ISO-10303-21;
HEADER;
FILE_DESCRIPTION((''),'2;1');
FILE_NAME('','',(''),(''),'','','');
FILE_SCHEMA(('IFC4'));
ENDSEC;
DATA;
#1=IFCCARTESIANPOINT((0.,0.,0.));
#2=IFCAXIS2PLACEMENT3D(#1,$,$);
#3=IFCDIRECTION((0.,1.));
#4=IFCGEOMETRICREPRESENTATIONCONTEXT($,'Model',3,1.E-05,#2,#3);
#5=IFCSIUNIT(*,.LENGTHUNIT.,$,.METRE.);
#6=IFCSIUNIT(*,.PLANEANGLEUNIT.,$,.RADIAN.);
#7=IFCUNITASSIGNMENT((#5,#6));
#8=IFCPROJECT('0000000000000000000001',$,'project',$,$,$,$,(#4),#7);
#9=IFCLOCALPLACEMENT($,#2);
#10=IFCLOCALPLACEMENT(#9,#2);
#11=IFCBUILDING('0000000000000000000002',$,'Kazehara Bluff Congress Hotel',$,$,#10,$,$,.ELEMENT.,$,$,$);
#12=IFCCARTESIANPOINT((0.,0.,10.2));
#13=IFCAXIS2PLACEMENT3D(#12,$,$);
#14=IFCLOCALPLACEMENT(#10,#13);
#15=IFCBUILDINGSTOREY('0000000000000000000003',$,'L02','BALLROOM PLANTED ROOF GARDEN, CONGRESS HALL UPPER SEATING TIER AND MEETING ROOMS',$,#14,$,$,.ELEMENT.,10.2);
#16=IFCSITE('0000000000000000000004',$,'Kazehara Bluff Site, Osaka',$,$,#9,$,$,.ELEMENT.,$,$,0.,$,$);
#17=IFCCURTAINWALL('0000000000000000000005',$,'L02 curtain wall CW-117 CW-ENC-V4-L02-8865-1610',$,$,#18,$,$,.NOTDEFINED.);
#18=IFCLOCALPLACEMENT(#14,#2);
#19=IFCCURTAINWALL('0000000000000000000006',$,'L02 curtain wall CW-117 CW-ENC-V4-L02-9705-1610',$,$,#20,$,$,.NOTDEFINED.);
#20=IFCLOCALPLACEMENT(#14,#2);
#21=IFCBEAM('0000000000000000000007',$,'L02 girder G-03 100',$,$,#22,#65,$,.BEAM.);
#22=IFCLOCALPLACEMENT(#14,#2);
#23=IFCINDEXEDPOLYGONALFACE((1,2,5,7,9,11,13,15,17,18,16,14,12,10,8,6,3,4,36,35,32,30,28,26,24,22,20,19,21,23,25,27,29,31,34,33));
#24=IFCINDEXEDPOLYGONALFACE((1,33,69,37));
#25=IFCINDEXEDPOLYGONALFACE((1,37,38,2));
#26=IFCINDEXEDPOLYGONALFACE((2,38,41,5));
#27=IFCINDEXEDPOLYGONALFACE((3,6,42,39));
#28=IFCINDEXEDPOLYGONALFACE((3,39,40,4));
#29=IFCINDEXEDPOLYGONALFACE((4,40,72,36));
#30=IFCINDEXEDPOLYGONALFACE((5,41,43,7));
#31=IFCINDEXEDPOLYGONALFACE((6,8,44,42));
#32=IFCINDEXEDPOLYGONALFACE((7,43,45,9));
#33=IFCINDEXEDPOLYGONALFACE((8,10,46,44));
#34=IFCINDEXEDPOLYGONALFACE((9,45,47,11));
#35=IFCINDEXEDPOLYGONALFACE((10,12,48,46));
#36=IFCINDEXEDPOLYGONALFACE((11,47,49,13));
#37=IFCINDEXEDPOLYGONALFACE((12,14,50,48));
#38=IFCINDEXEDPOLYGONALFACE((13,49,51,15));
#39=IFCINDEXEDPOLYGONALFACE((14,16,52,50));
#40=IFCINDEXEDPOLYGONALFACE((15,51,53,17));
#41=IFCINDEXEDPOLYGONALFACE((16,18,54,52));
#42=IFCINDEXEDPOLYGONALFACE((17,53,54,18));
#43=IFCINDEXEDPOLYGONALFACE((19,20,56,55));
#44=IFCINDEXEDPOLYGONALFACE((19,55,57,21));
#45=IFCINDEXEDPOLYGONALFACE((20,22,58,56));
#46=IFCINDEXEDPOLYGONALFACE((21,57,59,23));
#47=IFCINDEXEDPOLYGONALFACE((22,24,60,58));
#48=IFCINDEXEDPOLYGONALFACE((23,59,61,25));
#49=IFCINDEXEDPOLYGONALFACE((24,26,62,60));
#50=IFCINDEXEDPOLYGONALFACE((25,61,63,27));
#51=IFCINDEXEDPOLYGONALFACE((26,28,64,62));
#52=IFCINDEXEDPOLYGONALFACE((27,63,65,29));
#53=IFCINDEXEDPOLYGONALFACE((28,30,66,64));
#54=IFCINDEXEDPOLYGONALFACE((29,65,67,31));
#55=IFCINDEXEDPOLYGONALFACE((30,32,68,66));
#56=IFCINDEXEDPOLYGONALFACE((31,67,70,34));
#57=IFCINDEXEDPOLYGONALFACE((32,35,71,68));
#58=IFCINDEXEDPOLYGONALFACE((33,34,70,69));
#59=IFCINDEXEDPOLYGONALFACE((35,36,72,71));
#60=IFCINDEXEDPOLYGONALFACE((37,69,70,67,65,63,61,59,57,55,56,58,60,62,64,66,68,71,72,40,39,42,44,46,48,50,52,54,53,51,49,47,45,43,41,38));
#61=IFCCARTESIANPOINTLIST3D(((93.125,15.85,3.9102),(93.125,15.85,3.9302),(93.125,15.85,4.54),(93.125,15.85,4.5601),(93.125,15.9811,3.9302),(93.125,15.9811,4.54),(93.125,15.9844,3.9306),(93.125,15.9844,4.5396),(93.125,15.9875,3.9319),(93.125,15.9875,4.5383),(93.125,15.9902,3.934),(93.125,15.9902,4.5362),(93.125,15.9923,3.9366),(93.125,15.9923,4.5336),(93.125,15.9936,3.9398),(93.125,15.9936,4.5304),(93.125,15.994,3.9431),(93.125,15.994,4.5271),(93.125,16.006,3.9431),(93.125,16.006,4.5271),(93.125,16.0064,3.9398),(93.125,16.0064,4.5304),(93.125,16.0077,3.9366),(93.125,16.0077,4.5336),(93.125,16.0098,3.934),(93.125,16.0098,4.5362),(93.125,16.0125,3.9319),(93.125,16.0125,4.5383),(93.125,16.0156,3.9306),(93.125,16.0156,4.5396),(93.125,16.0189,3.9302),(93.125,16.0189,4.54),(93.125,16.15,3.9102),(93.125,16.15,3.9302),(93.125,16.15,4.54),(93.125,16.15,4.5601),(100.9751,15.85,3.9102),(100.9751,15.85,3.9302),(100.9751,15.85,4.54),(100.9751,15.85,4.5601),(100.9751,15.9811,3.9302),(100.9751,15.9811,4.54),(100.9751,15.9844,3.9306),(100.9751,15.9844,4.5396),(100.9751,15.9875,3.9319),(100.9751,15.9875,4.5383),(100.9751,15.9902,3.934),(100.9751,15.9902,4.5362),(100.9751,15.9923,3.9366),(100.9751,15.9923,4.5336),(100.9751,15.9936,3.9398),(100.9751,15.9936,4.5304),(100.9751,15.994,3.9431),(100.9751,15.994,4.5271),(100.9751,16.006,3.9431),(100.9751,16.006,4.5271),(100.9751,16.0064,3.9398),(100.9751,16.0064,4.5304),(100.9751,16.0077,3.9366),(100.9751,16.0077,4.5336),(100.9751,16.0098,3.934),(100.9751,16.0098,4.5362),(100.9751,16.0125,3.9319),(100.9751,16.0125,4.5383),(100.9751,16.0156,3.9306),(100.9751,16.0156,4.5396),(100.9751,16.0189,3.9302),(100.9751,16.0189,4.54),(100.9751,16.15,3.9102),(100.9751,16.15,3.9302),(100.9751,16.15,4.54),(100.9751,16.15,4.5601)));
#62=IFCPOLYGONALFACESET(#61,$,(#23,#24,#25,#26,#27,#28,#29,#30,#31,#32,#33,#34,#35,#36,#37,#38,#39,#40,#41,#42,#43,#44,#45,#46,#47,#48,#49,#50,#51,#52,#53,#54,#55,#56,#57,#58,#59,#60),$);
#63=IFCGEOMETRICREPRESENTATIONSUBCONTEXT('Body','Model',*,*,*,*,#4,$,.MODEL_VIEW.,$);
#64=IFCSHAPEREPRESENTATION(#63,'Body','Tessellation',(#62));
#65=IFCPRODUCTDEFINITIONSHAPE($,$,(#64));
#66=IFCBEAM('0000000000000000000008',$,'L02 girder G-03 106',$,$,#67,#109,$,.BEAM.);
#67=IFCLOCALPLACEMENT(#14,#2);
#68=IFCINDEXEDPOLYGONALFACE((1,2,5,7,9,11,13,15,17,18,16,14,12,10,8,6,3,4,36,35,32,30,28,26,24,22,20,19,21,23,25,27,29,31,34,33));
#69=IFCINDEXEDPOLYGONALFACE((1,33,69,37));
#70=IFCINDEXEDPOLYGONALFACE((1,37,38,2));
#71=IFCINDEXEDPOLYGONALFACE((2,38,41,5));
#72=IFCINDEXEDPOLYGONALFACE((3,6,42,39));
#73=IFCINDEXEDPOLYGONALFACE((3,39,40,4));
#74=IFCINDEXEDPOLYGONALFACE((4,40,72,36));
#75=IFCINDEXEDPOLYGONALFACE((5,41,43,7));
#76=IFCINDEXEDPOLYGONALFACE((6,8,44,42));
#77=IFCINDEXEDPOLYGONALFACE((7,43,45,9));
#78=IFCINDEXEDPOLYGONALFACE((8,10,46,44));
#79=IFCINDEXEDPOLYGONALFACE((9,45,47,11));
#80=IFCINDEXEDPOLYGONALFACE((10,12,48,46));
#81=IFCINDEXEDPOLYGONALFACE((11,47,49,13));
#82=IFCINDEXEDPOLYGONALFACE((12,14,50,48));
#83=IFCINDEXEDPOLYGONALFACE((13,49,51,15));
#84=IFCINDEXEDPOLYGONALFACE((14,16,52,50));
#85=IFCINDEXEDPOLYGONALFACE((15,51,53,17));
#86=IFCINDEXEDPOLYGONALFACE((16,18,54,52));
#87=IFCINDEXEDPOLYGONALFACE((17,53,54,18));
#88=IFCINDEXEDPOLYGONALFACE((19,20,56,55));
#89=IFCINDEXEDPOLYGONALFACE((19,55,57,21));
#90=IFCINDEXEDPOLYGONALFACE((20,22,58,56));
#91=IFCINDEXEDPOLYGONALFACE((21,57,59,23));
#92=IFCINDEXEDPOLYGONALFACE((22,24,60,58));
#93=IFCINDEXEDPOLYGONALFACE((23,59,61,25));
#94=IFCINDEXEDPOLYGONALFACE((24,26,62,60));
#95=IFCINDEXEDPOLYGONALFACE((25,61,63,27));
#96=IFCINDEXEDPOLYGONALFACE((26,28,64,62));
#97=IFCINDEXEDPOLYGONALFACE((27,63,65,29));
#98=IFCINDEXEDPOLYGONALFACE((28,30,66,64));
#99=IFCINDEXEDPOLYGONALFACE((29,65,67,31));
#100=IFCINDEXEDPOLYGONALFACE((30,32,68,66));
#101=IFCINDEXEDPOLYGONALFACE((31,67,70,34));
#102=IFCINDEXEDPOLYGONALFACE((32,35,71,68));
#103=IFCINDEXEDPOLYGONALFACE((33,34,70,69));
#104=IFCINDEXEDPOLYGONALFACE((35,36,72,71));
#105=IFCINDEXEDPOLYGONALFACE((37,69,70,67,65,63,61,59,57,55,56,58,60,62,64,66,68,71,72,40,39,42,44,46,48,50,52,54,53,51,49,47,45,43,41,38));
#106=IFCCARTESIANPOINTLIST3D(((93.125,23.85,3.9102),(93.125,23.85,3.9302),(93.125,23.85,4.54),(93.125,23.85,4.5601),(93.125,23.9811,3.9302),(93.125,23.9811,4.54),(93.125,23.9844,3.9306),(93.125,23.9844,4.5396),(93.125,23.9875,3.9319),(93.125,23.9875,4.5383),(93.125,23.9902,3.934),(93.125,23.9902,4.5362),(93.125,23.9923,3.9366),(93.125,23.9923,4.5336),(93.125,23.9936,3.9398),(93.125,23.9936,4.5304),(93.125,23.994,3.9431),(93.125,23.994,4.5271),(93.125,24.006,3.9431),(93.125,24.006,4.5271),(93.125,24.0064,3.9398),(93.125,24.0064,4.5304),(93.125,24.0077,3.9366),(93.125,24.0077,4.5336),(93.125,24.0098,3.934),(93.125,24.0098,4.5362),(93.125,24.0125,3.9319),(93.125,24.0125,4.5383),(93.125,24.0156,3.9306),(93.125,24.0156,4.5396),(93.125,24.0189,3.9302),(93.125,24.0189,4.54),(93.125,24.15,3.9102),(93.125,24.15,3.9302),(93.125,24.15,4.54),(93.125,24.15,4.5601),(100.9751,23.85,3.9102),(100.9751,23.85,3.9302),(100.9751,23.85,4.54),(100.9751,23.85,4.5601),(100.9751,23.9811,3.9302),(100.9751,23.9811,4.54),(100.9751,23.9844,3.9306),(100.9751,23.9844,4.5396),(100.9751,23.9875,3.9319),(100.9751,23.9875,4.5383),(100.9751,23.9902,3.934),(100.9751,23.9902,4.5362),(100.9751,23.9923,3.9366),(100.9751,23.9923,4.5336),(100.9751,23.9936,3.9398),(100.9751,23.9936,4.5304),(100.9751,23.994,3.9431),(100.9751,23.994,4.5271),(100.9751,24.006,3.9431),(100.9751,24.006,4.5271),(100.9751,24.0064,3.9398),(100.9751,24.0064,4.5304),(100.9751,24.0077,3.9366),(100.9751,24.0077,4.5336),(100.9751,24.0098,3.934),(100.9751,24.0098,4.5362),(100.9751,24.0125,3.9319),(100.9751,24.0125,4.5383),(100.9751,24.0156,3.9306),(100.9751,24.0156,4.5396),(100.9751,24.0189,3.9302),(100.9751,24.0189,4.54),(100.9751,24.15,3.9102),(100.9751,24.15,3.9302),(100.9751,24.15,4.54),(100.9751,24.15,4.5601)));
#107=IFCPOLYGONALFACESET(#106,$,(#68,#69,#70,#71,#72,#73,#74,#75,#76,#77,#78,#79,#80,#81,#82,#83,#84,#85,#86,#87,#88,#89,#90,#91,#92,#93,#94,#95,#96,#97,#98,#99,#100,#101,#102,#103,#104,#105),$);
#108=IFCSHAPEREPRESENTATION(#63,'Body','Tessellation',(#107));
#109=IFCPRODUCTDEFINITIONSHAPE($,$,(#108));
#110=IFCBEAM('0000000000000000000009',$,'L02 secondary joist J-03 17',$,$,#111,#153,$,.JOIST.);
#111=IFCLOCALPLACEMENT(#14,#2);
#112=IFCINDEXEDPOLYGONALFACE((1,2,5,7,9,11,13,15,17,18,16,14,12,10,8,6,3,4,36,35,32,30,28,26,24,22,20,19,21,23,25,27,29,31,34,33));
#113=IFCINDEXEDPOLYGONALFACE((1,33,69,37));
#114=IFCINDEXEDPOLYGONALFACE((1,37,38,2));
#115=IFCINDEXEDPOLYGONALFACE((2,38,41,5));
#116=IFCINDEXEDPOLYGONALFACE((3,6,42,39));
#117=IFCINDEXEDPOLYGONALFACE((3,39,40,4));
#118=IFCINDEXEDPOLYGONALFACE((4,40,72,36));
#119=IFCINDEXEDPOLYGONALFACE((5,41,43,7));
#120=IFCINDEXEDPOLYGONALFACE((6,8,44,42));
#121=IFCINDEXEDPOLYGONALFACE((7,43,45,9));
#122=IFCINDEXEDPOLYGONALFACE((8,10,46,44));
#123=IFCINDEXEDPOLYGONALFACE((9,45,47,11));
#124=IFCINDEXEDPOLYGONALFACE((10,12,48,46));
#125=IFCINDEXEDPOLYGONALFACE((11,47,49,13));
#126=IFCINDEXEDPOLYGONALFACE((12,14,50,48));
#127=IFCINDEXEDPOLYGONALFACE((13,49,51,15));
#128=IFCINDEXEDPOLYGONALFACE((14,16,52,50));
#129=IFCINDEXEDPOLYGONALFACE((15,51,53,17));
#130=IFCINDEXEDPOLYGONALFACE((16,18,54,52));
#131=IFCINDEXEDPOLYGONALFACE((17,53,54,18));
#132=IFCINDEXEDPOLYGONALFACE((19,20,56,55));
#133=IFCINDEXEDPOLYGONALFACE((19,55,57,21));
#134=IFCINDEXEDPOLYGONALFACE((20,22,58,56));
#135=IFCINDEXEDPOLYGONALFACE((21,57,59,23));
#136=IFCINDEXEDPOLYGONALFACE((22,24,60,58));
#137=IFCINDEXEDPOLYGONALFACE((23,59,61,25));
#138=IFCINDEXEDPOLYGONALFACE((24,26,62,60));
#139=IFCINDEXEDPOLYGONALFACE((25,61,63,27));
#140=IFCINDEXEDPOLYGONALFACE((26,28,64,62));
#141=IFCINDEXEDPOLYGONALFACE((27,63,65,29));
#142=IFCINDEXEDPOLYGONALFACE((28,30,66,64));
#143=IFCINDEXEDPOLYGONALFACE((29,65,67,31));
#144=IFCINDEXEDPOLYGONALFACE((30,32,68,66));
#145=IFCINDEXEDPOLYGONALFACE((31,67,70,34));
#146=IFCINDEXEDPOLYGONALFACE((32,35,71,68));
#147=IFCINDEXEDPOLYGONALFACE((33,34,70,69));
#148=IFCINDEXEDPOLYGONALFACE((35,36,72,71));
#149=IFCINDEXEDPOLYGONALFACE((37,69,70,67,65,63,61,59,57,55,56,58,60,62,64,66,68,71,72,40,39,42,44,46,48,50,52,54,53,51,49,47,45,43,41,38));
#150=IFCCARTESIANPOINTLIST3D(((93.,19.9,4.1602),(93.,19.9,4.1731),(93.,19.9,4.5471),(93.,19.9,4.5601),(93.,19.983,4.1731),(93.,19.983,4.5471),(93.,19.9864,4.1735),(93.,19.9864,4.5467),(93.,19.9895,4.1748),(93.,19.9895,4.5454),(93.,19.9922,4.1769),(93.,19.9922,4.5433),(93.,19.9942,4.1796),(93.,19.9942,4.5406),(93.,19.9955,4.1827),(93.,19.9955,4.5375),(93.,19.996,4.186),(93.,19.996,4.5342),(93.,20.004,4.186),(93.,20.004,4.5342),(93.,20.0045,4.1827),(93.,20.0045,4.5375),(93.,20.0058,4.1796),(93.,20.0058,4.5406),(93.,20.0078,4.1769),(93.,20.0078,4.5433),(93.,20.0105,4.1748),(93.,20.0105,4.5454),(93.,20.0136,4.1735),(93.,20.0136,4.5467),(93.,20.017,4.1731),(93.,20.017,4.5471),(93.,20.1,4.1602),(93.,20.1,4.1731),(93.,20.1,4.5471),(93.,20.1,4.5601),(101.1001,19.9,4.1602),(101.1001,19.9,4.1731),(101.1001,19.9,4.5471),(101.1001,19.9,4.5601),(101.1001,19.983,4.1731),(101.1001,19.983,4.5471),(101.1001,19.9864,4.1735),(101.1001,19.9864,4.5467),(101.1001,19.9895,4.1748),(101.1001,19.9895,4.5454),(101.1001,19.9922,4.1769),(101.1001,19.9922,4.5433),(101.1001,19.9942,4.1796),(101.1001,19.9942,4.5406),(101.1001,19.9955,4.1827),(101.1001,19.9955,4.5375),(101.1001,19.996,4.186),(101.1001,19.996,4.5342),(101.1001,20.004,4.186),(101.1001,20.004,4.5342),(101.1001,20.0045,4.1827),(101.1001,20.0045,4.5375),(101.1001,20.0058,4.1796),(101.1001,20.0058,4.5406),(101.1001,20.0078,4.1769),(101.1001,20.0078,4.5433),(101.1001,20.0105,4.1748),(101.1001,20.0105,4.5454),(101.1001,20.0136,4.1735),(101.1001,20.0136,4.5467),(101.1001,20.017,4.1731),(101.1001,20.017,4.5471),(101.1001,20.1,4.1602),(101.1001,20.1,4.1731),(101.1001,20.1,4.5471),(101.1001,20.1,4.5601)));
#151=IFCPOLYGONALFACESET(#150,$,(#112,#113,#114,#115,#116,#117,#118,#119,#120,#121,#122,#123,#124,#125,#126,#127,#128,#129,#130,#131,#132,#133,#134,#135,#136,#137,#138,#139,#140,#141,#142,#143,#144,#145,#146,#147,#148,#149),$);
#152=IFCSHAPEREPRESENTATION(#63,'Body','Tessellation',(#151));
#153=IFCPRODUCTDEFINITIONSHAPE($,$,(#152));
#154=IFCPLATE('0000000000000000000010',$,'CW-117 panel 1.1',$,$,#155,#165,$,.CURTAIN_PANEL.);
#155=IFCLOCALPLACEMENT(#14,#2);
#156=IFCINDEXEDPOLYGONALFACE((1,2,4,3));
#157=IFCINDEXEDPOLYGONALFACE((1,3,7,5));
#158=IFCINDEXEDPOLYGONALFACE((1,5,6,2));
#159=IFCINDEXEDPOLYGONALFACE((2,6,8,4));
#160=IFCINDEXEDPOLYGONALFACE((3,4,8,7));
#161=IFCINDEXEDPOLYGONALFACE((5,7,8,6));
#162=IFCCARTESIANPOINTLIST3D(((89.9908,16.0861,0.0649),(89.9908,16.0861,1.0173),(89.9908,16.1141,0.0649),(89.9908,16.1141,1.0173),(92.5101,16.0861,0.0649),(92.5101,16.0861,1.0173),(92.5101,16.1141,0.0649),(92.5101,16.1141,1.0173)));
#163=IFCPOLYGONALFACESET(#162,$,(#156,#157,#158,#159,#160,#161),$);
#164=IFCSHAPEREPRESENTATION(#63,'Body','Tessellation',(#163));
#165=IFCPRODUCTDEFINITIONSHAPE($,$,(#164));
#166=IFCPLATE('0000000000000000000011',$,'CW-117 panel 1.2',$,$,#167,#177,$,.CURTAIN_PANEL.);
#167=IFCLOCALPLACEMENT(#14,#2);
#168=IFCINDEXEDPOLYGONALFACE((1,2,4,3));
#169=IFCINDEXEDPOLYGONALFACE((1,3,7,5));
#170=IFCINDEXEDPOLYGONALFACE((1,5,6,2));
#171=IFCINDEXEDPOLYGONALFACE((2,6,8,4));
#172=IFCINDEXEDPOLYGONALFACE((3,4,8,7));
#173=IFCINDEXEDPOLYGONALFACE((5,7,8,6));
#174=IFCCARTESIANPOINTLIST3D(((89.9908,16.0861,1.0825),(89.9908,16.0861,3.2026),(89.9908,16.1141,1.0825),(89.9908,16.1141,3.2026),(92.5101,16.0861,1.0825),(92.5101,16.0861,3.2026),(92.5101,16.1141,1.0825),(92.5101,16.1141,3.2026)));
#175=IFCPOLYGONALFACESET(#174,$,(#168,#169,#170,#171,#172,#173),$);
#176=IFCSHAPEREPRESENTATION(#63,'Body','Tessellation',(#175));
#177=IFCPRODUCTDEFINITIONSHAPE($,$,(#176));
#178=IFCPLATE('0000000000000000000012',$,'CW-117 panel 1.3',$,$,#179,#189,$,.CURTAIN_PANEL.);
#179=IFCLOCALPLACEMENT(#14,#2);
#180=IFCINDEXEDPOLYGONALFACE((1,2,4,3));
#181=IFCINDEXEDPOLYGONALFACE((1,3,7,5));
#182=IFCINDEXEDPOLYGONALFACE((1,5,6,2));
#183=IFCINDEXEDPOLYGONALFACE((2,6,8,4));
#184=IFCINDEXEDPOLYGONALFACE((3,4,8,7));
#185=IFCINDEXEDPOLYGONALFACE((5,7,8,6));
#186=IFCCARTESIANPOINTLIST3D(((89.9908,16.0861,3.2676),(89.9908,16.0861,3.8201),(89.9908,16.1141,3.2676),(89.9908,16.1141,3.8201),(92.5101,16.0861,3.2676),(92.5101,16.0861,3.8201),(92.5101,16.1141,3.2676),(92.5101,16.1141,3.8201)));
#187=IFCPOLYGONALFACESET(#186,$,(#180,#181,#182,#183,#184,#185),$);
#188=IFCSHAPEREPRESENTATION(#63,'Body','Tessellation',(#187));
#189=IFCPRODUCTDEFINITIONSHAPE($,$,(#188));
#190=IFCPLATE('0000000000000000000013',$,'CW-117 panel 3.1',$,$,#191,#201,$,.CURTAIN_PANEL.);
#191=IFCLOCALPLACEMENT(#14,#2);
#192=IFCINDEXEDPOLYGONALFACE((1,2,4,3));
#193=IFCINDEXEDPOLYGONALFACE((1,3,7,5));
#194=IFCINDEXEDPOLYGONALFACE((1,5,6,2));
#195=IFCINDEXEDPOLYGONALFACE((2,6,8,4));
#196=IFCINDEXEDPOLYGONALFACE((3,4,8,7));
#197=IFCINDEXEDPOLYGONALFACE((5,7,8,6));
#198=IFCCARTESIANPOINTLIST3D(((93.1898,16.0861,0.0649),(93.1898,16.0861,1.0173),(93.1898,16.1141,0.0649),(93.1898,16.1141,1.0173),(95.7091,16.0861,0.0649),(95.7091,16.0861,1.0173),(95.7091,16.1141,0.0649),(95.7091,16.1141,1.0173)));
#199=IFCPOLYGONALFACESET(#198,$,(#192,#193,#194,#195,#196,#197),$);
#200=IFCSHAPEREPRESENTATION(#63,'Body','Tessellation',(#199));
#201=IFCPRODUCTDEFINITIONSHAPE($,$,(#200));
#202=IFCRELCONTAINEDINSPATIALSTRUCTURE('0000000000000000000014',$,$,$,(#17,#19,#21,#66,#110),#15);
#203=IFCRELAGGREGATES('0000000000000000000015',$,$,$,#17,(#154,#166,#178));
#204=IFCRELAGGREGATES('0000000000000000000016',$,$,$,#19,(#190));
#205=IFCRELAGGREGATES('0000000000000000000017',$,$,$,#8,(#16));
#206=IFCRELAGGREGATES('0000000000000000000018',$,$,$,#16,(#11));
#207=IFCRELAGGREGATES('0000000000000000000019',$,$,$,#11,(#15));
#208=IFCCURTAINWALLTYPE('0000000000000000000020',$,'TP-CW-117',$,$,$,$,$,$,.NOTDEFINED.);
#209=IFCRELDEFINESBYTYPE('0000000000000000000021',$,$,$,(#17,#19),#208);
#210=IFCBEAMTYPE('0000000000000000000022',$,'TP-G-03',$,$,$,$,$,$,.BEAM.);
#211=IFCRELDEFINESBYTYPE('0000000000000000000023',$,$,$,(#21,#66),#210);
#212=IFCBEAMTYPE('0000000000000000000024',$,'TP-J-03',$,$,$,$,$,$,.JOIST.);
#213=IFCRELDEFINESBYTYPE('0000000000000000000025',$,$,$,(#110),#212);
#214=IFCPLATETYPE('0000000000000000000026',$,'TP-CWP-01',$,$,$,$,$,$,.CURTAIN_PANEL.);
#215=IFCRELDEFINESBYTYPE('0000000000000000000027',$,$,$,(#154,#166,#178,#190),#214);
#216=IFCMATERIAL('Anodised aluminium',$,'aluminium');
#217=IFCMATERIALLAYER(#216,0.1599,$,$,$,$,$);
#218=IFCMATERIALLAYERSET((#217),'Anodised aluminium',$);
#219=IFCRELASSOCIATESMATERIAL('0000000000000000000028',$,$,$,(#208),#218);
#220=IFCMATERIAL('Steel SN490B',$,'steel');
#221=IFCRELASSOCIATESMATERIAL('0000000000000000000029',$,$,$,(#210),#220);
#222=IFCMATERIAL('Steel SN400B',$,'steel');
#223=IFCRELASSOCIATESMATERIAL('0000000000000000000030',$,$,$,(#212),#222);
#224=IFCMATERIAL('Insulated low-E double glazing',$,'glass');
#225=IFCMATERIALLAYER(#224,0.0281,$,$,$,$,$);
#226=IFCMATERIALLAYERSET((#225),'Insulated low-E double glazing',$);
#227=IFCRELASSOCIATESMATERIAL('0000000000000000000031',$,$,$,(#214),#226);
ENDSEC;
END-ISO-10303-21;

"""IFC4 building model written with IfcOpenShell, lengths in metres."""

from ifc_helpers import new_model, si_unit, direction, frame, origin, origin_2d, place, context, subcontext, project, spatial, rectangle, i_section, extrude, material, layer, layer_set, material_profile, profile_set, type_object, element, aggregate, save


model = new_model("IFC4")

# Units and contexts
model_context = context("Model", 3, precision=1e-05, world=origin(), true_north=direction((0.0, 1.0)))
body_context = subcontext(model_context, "Body", "Model", "MODEL_VIEW")
ifc_project = project(units=[si_unit("LENGTHUNIT", "METRE"), si_unit("PLANEANGLEUNIT", "RADIAN")], contexts=[model_context])

# Site, building, storey
site_placement = place(None, origin())
site = spatial("IfcSite", under=ifc_project, at=site_placement, Name="Kazehara Bluff Site, Osaka", CompositionType="ELEMENT", RefElevation=0.0)
building_placement = place(site_placement, origin())
building = spatial("IfcBuilding", under=site, at=building_placement, Name="Kazehara Bluff Congress Hotel", CompositionType="ELEMENT")
storey_placement = place(building_placement, frame((0.0, 0.0, 10.2)))
storey = spatial("IfcBuildingStorey", under=building, at=storey_placement, Name="L02", Description="BALLROOM PLANTED ROOF GARDEN, CONGRESS HALL UPPER SEATING TIER AND MEETING ROOMS", CompositionType="ELEMENT", Elevation=10.2)

# Curtain wall
ifc_material_1 = material(Name="Anodised aluminium", Category="aluminium")
ifc_layer_1 = layer(ifc_material_1, 0.1599)
ifc_layer_set_1 = layer_set([ifc_layer_1], Name="Anodised aluminium")
curtain_wall_type = type_object("IfcCurtainWallType", Name="TP-CW-117", PredefinedType="NOTDEFINED", material=ifc_layer_set_1)
curtain_wall_1_placement = place(storey_placement, origin())
curtain_wall_1 = element("IfcCurtainWall", 1, at=curtain_wall_1_placement, inside=storey, type_object=curtain_wall_type, Name="L02 curtain wall CW-117 CW-ENC-V4-L02-8865-1610", PredefinedType="NOTDEFINED")

# Curtain wall
curtain_wall_2_placement = place(storey_placement, origin())
curtain_wall_2 = element("IfcCurtainWall", 2, at=curtain_wall_2_placement, inside=storey, type_object=curtain_wall_type, Name="L02 curtain wall CW-117 CW-ENC-V4-L02-9705-1610", PredefinedType="NOTDEFINED")

# Beams
ifc_material_2 = material(Name="Steel SN490B", Category="steel")
ifc_material_profile_1 = material_profile(ifc_material_2, i_section(OverallWidth=0.3, OverallDepth=0.6499, WebThickness=0.012, FlangeThickness=0.02, FilletRadius=0.0129, at=origin_2d()))
ifc_profile_set_1 = profile_set([ifc_material_profile_1], Name="Steel SN490B")
beam_type_1 = type_object("IfcBeamType", Name="TP-G-03", PredefinedType="BEAM", material=ifc_profile_set_1)
for number, where, z_axis, x_axis, name in (
    (3, (93.125, 16.0, 4.2351), (1.0, 0.0, 0.0), (0.0, 1.0, 0.0), "L02 girder G-03 100"),
    (4, (93.125, 24.0, 4.2351), (1.0, 0.0, 0.0), (0.0, 1.0, 0.0), "L02 girder G-03 106"),
):
    element("IfcBeam", number, at=place(storey_placement, frame(where, z_axis=z_axis, x_axis=x_axis)), inside=storey, type_object=beam_type_1, Name=name, PredefinedType="BEAM", context=body_context, shape_type="SweptSolid", body=[
        extrude(i_section(OverallWidth=0.3, OverallDepth=0.6499, WebThickness=0.012, FlangeThickness=0.02, FilletRadius=0.0129, at=origin_2d()), origin(), (0.0, 0.0, 1.0), 7.8501),
    ])
ifc_material_3 = material(Name="Steel SN400B", Category="steel")
ifc_material_profile_2 = material_profile(ifc_material_3, i_section(OverallWidth=0.2, OverallDepth=0.3999, WebThickness=0.0081, FlangeThickness=0.0129, FilletRadius=0.0129, at=origin_2d()))
ifc_profile_set_2 = profile_set([ifc_material_profile_2], Name="Steel SN400B")
beam_type_2 = type_object("IfcBeamType", Name="TP-J-03", PredefinedType="JOIST", material=ifc_profile_set_2)
beam_placement = place(storey_placement, frame((93.0, 20.0, 4.3601), z_axis=(1.0, 0.0, 0.0), x_axis=(0.0, 1.0, 0.0)))
element("IfcBeam", 5, at=beam_placement, inside=storey, type_object=beam_type_2, Name="L02 secondary joist J-03 17", PredefinedType="JOIST", context=body_context, shape_type="SweptSolid", body=[
    extrude(i_section(OverallWidth=0.2, OverallDepth=0.3999, WebThickness=0.0081, FlangeThickness=0.0129, FilletRadius=0.0129, at=origin_2d()), origin(), (0.0, 0.0, 1.0), 8.1001),
])

# Plates
ifc_material_4 = material(Name="Insulated low-E double glazing", Category="glass")
ifc_layer_2 = layer(ifc_material_4, 0.0281)
ifc_layer_set_2 = layer_set([ifc_layer_2], Name="Insulated low-E double glazing")
plate_type = type_object("IfcPlateType", Name="TP-CWP-01", PredefinedType="CURTAIN_PANEL", material=ifc_layer_set_2)
plate_1_placement = place(storey_placement, frame((91.2505, 16.1001, 0.0649), z_axis=(0.0, 0.0, 1.0), x_axis=(-1.0, 0.0, 0.0)))
plate_1 = element("IfcPlate", 6, at=plate_1_placement, type_object=plate_type, Name="CW-117 panel 1.1", PredefinedType="CURTAIN_PANEL", context=body_context, shape_type="SweptSolid", body=[
    extrude(rectangle(XDim=2.5193, YDim=0.0281, at=origin_2d()), origin(), (0.0, 0.0, 1.0), 0.9524),
])
plate_2_placement = place(storey_placement, frame((91.2505, 16.1001, 1.0825), z_axis=(0.0, 0.0, 1.0), x_axis=(-1.0, 0.0, 0.0)))
plate_2 = element("IfcPlate", 7, at=plate_2_placement, type_object=plate_type, Name="CW-117 panel 1.2", PredefinedType="CURTAIN_PANEL", context=body_context, shape_type="SweptSolid", body=[
    extrude(rectangle(XDim=2.5193, YDim=0.0281, at=origin_2d()), origin(), (0.0, 0.0, 1.0), 2.1201),
])
plate_3_placement = place(storey_placement, frame((91.2505, 16.1001, 3.2676), z_axis=(0.0, 0.0, 1.0), x_axis=(-1.0, 0.0, 0.0)))
plate_3 = element("IfcPlate", 8, at=plate_3_placement, type_object=plate_type, Name="CW-117 panel 1.3", PredefinedType="CURTAIN_PANEL", context=body_context, shape_type="SweptSolid", body=[
    extrude(rectangle(XDim=2.5193, YDim=0.0281, at=origin_2d()), origin(), (0.0, 0.0, 1.0), 0.5525),
])
aggregate(curtain_wall_1, [plate_1, plate_2, plate_3])
plate_4_placement = place(storey_placement, frame((94.4495, 16.1001, 0.0649), z_axis=(0.0, 0.0, 1.0), x_axis=(-1.0, 0.0, 0.0)))
plate_4 = element("IfcPlate", 9, at=plate_4_placement, type_object=plate_type, Name="CW-117 panel 3.1", PredefinedType="CURTAIN_PANEL", context=body_context, shape_type="SweptSolid", body=[
    extrude(rectangle(XDim=2.5193, YDim=0.0281, at=origin_2d()), origin(), (0.0, 0.0, 1.0), 0.9524),
])
aggregate(curtain_wall_2, [plate_4])

save(model, "model.ifc")
